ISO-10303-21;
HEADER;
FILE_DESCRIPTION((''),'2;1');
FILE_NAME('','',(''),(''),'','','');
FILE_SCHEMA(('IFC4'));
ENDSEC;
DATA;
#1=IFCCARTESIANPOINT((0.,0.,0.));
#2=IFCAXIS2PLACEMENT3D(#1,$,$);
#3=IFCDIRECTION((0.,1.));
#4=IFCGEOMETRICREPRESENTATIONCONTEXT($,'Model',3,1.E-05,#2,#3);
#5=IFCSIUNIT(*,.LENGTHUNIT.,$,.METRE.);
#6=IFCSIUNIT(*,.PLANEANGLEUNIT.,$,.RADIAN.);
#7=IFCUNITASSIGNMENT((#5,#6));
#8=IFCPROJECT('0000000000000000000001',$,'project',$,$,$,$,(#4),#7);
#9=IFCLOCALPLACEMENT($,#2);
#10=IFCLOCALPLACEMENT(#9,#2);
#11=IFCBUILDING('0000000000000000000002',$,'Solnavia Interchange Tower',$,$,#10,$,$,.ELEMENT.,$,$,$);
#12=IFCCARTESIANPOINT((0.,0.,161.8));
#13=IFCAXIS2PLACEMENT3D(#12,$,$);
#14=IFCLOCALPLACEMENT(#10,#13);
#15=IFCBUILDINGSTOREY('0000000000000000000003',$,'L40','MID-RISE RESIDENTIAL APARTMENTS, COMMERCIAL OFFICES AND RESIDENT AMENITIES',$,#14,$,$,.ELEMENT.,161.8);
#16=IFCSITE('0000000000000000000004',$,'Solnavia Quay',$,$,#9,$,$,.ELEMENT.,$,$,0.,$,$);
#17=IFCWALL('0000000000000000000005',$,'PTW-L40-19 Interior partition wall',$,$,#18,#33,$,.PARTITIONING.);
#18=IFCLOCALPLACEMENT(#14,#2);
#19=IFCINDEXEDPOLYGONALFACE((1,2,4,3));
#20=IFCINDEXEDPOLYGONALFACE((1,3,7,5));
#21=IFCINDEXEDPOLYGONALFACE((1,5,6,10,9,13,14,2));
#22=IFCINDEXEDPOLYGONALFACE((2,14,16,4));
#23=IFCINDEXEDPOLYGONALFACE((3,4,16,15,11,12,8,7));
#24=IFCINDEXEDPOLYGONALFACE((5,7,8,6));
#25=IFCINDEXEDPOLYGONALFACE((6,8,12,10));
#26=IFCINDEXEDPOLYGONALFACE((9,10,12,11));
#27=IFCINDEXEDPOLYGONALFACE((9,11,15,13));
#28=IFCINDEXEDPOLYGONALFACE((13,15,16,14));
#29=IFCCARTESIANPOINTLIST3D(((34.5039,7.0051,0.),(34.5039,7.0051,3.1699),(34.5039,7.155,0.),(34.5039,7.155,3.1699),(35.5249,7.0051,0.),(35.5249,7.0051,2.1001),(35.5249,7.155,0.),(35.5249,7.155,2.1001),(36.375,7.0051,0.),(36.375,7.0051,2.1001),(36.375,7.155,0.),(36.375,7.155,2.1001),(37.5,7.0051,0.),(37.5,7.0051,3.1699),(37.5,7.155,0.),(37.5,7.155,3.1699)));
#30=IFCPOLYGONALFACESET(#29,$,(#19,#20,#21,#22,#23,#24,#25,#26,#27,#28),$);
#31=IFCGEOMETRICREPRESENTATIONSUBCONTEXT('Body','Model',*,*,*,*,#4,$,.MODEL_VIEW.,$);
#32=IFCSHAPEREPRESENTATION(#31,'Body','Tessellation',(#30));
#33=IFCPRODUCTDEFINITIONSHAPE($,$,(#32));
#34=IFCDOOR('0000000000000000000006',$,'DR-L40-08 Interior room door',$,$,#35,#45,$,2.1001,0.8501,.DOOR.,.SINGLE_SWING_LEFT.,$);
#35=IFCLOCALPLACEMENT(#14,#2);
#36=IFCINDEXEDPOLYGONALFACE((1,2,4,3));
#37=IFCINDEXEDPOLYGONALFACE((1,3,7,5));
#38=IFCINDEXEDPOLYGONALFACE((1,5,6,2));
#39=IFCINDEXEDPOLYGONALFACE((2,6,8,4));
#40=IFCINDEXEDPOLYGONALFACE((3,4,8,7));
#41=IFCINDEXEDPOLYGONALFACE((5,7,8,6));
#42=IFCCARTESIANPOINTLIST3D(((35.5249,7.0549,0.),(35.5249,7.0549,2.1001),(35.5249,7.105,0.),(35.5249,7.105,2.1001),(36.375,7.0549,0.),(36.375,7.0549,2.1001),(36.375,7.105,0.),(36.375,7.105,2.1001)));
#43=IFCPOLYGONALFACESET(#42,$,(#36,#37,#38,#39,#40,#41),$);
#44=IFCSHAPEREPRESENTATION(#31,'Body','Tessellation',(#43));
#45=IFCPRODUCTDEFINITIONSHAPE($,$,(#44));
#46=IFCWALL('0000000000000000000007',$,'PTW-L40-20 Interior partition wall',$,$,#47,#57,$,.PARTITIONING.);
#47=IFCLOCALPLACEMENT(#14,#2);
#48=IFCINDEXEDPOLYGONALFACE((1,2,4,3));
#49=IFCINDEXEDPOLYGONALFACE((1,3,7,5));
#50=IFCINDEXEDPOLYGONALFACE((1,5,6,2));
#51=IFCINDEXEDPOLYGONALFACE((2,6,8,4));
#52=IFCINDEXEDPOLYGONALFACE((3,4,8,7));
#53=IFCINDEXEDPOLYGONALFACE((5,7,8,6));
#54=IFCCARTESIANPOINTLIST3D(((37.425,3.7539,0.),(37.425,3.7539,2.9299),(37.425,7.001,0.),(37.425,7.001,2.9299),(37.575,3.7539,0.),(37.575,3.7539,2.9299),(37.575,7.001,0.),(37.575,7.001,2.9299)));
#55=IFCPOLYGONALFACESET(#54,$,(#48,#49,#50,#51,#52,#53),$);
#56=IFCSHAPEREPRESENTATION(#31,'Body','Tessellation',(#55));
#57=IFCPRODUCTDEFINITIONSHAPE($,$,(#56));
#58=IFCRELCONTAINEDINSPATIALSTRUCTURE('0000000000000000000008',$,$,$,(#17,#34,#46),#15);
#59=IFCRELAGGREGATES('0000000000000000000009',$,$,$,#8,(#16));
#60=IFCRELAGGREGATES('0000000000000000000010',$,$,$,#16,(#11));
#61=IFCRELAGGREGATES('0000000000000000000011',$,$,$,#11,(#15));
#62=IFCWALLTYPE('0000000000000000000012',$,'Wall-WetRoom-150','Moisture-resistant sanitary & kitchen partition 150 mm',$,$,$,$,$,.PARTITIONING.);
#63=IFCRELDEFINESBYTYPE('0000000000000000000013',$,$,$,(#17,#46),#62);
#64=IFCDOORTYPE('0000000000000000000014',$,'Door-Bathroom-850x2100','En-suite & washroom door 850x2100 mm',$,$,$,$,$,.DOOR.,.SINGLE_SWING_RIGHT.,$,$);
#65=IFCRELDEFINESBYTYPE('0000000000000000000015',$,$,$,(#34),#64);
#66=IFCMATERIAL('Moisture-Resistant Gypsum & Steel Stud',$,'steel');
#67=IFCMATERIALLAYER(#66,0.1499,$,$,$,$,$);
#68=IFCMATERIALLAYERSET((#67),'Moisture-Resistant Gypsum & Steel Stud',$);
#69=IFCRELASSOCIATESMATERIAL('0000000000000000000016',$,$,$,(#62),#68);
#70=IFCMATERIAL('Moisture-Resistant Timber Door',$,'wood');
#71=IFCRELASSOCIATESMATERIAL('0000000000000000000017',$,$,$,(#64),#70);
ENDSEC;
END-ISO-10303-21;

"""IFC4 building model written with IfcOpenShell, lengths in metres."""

from ifc_helpers import new_model, si_unit, direction, frame, frame_2d, origin, place, context, subcontext, project, spatial, rectangle, extrude, material, layer, layer_set, type_object, element, fill, save


model = new_model("IFC4")

# Units and contexts
model_context = context("Model", 3, precision=1e-05, world=origin(), true_north=direction((0.0, 1.0)))
body_context = subcontext(model_context, "Body", "Model", "MODEL_VIEW")
ifc_project = project(units=[si_unit("LENGTHUNIT", "METRE"), si_unit("PLANEANGLEUNIT", "RADIAN")], contexts=[model_context])

# Site, building, storey
site_placement = place(None, origin())
site = spatial("IfcSite", under=ifc_project, at=site_placement, Name="Solnavia Quay", CompositionType="ELEMENT", RefElevation=0.0)
building_placement = place(site_placement, origin())
building = spatial("IfcBuilding", under=site, at=building_placement, Name="Solnavia Interchange Tower", CompositionType="ELEMENT")
storey_placement = place(building_placement, frame((0.0, 0.0, 161.8)))
storey = spatial("IfcBuildingStorey", under=building, at=storey_placement, Name="L40", Description="MID-RISE RESIDENTIAL APARTMENTS, COMMERCIAL OFFICES AND RESIDENT AMENITIES", CompositionType="ELEMENT", Elevation=161.8)

# Shared definitions
ifc_material_1 = material(Name="Moisture-Resistant Gypsum & Steel Stud", Category="steel")
ifc_layer_1 = layer(ifc_material_1, 0.1499)
ifc_layer_set_1 = layer_set([ifc_layer_1], Name="Moisture-Resistant Gypsum & Steel Stud")
wall_type_1 = type_object("IfcWallType", Name="Wall-WetRoom-150", Description="Moisture-resistant sanitary & kitchen partition 150 mm", PredefinedType="PARTITIONING", material=ifc_layer_set_1)
ifc_material_2 = material(Name="Moisture-Resistant Timber Door", Category="wood")
door_type_1 = type_object("IfcDoorType", Name="Door-Bathroom-850x2100", Description="En-suite & washroom door 850x2100 mm", OperationType="SINGLE_SWING_RIGHT", PredefinedType="DOOR", material=ifc_material_2)

# Wall, opening, door
wall_1_placement = place(storey_placement, frame((34.5039, 7.0801, 0.0), z_axis=(0.0, 0.0, 1.0), x_axis=(1.0, 0.0, 0.0)))
wall_1 = element("IfcWall", 1, at=wall_1_placement, inside=storey, type_object=wall_type_1, Name="PTW-L40-19 Interior partition wall", PredefinedType="PARTITIONING", context=body_context, shape_type="SweptSolid", body=[
    extrude(rectangle(XDim=2.9961, YDim=0.1499, at=frame_2d((1.498, 0.0))), origin(), (0.0, 0.0, 1.0), 3.1699),
])
opening_1_placement = place(wall_1_placement, frame((1.021, 0.0, 0.0)))
opening_1 = element("IfcOpeningElement", 2, at=opening_1_placement, cuts=wall_1, PredefinedType="OPENING", context=body_context, shape_type="SweptSolid", body=[
    extrude(rectangle(XDim=0.8501, YDim=2.1001, at=frame_2d((0.425, 1.05))), frame((0.0, 0.085, 0.0), z_axis=(0.0, -1.0, 0.0), x_axis=(1.0, 0.0, 0.0)), (0.0, 0.0, 1.0), 0.1699),
])
door_1_placement = place(opening_1_placement, origin())
door_1 = element("IfcDoor", 3, at=door_1_placement, inside=storey, type_object=door_type_1, Name="DR-L40-08 Interior room door", OperationType="SINGLE_SWING_LEFT", OverallHeight=2.1001, OverallWidth=0.8501, PredefinedType="DOOR", context=body_context, shape_type="SweptSolid", body=[
    extrude(rectangle(XDim=0.8501, YDim=2.1001, at=frame_2d((0.425, 1.05))), frame((0.0, 0.0249, 0.0), z_axis=(0.0, -1.0, 0.0), x_axis=(1.0, 0.0, 0.0)), (0.0, 0.0, 1.0), 0.05),
])
fill(opening_1, door_1)

# Wall
wall_2_placement = place(storey_placement, frame((37.5, 3.7539, 0.0), z_axis=(0.0, 0.0, 1.0), x_axis=(0.0, 1.0, 0.0)))
element("IfcWall", 4, at=wall_2_placement, inside=storey, type_object=wall_type_1, Name="PTW-L40-20 Interior partition wall", PredefinedType="PARTITIONING", context=body_context, shape_type="SweptSolid", body=[
    extrude(rectangle(XDim=3.2471, YDim=0.1499, at=frame_2d((1.6235, 0.0))), origin(), (0.0, 0.0, 1.0), 2.9299),
])

save(model, "model.ifc")
